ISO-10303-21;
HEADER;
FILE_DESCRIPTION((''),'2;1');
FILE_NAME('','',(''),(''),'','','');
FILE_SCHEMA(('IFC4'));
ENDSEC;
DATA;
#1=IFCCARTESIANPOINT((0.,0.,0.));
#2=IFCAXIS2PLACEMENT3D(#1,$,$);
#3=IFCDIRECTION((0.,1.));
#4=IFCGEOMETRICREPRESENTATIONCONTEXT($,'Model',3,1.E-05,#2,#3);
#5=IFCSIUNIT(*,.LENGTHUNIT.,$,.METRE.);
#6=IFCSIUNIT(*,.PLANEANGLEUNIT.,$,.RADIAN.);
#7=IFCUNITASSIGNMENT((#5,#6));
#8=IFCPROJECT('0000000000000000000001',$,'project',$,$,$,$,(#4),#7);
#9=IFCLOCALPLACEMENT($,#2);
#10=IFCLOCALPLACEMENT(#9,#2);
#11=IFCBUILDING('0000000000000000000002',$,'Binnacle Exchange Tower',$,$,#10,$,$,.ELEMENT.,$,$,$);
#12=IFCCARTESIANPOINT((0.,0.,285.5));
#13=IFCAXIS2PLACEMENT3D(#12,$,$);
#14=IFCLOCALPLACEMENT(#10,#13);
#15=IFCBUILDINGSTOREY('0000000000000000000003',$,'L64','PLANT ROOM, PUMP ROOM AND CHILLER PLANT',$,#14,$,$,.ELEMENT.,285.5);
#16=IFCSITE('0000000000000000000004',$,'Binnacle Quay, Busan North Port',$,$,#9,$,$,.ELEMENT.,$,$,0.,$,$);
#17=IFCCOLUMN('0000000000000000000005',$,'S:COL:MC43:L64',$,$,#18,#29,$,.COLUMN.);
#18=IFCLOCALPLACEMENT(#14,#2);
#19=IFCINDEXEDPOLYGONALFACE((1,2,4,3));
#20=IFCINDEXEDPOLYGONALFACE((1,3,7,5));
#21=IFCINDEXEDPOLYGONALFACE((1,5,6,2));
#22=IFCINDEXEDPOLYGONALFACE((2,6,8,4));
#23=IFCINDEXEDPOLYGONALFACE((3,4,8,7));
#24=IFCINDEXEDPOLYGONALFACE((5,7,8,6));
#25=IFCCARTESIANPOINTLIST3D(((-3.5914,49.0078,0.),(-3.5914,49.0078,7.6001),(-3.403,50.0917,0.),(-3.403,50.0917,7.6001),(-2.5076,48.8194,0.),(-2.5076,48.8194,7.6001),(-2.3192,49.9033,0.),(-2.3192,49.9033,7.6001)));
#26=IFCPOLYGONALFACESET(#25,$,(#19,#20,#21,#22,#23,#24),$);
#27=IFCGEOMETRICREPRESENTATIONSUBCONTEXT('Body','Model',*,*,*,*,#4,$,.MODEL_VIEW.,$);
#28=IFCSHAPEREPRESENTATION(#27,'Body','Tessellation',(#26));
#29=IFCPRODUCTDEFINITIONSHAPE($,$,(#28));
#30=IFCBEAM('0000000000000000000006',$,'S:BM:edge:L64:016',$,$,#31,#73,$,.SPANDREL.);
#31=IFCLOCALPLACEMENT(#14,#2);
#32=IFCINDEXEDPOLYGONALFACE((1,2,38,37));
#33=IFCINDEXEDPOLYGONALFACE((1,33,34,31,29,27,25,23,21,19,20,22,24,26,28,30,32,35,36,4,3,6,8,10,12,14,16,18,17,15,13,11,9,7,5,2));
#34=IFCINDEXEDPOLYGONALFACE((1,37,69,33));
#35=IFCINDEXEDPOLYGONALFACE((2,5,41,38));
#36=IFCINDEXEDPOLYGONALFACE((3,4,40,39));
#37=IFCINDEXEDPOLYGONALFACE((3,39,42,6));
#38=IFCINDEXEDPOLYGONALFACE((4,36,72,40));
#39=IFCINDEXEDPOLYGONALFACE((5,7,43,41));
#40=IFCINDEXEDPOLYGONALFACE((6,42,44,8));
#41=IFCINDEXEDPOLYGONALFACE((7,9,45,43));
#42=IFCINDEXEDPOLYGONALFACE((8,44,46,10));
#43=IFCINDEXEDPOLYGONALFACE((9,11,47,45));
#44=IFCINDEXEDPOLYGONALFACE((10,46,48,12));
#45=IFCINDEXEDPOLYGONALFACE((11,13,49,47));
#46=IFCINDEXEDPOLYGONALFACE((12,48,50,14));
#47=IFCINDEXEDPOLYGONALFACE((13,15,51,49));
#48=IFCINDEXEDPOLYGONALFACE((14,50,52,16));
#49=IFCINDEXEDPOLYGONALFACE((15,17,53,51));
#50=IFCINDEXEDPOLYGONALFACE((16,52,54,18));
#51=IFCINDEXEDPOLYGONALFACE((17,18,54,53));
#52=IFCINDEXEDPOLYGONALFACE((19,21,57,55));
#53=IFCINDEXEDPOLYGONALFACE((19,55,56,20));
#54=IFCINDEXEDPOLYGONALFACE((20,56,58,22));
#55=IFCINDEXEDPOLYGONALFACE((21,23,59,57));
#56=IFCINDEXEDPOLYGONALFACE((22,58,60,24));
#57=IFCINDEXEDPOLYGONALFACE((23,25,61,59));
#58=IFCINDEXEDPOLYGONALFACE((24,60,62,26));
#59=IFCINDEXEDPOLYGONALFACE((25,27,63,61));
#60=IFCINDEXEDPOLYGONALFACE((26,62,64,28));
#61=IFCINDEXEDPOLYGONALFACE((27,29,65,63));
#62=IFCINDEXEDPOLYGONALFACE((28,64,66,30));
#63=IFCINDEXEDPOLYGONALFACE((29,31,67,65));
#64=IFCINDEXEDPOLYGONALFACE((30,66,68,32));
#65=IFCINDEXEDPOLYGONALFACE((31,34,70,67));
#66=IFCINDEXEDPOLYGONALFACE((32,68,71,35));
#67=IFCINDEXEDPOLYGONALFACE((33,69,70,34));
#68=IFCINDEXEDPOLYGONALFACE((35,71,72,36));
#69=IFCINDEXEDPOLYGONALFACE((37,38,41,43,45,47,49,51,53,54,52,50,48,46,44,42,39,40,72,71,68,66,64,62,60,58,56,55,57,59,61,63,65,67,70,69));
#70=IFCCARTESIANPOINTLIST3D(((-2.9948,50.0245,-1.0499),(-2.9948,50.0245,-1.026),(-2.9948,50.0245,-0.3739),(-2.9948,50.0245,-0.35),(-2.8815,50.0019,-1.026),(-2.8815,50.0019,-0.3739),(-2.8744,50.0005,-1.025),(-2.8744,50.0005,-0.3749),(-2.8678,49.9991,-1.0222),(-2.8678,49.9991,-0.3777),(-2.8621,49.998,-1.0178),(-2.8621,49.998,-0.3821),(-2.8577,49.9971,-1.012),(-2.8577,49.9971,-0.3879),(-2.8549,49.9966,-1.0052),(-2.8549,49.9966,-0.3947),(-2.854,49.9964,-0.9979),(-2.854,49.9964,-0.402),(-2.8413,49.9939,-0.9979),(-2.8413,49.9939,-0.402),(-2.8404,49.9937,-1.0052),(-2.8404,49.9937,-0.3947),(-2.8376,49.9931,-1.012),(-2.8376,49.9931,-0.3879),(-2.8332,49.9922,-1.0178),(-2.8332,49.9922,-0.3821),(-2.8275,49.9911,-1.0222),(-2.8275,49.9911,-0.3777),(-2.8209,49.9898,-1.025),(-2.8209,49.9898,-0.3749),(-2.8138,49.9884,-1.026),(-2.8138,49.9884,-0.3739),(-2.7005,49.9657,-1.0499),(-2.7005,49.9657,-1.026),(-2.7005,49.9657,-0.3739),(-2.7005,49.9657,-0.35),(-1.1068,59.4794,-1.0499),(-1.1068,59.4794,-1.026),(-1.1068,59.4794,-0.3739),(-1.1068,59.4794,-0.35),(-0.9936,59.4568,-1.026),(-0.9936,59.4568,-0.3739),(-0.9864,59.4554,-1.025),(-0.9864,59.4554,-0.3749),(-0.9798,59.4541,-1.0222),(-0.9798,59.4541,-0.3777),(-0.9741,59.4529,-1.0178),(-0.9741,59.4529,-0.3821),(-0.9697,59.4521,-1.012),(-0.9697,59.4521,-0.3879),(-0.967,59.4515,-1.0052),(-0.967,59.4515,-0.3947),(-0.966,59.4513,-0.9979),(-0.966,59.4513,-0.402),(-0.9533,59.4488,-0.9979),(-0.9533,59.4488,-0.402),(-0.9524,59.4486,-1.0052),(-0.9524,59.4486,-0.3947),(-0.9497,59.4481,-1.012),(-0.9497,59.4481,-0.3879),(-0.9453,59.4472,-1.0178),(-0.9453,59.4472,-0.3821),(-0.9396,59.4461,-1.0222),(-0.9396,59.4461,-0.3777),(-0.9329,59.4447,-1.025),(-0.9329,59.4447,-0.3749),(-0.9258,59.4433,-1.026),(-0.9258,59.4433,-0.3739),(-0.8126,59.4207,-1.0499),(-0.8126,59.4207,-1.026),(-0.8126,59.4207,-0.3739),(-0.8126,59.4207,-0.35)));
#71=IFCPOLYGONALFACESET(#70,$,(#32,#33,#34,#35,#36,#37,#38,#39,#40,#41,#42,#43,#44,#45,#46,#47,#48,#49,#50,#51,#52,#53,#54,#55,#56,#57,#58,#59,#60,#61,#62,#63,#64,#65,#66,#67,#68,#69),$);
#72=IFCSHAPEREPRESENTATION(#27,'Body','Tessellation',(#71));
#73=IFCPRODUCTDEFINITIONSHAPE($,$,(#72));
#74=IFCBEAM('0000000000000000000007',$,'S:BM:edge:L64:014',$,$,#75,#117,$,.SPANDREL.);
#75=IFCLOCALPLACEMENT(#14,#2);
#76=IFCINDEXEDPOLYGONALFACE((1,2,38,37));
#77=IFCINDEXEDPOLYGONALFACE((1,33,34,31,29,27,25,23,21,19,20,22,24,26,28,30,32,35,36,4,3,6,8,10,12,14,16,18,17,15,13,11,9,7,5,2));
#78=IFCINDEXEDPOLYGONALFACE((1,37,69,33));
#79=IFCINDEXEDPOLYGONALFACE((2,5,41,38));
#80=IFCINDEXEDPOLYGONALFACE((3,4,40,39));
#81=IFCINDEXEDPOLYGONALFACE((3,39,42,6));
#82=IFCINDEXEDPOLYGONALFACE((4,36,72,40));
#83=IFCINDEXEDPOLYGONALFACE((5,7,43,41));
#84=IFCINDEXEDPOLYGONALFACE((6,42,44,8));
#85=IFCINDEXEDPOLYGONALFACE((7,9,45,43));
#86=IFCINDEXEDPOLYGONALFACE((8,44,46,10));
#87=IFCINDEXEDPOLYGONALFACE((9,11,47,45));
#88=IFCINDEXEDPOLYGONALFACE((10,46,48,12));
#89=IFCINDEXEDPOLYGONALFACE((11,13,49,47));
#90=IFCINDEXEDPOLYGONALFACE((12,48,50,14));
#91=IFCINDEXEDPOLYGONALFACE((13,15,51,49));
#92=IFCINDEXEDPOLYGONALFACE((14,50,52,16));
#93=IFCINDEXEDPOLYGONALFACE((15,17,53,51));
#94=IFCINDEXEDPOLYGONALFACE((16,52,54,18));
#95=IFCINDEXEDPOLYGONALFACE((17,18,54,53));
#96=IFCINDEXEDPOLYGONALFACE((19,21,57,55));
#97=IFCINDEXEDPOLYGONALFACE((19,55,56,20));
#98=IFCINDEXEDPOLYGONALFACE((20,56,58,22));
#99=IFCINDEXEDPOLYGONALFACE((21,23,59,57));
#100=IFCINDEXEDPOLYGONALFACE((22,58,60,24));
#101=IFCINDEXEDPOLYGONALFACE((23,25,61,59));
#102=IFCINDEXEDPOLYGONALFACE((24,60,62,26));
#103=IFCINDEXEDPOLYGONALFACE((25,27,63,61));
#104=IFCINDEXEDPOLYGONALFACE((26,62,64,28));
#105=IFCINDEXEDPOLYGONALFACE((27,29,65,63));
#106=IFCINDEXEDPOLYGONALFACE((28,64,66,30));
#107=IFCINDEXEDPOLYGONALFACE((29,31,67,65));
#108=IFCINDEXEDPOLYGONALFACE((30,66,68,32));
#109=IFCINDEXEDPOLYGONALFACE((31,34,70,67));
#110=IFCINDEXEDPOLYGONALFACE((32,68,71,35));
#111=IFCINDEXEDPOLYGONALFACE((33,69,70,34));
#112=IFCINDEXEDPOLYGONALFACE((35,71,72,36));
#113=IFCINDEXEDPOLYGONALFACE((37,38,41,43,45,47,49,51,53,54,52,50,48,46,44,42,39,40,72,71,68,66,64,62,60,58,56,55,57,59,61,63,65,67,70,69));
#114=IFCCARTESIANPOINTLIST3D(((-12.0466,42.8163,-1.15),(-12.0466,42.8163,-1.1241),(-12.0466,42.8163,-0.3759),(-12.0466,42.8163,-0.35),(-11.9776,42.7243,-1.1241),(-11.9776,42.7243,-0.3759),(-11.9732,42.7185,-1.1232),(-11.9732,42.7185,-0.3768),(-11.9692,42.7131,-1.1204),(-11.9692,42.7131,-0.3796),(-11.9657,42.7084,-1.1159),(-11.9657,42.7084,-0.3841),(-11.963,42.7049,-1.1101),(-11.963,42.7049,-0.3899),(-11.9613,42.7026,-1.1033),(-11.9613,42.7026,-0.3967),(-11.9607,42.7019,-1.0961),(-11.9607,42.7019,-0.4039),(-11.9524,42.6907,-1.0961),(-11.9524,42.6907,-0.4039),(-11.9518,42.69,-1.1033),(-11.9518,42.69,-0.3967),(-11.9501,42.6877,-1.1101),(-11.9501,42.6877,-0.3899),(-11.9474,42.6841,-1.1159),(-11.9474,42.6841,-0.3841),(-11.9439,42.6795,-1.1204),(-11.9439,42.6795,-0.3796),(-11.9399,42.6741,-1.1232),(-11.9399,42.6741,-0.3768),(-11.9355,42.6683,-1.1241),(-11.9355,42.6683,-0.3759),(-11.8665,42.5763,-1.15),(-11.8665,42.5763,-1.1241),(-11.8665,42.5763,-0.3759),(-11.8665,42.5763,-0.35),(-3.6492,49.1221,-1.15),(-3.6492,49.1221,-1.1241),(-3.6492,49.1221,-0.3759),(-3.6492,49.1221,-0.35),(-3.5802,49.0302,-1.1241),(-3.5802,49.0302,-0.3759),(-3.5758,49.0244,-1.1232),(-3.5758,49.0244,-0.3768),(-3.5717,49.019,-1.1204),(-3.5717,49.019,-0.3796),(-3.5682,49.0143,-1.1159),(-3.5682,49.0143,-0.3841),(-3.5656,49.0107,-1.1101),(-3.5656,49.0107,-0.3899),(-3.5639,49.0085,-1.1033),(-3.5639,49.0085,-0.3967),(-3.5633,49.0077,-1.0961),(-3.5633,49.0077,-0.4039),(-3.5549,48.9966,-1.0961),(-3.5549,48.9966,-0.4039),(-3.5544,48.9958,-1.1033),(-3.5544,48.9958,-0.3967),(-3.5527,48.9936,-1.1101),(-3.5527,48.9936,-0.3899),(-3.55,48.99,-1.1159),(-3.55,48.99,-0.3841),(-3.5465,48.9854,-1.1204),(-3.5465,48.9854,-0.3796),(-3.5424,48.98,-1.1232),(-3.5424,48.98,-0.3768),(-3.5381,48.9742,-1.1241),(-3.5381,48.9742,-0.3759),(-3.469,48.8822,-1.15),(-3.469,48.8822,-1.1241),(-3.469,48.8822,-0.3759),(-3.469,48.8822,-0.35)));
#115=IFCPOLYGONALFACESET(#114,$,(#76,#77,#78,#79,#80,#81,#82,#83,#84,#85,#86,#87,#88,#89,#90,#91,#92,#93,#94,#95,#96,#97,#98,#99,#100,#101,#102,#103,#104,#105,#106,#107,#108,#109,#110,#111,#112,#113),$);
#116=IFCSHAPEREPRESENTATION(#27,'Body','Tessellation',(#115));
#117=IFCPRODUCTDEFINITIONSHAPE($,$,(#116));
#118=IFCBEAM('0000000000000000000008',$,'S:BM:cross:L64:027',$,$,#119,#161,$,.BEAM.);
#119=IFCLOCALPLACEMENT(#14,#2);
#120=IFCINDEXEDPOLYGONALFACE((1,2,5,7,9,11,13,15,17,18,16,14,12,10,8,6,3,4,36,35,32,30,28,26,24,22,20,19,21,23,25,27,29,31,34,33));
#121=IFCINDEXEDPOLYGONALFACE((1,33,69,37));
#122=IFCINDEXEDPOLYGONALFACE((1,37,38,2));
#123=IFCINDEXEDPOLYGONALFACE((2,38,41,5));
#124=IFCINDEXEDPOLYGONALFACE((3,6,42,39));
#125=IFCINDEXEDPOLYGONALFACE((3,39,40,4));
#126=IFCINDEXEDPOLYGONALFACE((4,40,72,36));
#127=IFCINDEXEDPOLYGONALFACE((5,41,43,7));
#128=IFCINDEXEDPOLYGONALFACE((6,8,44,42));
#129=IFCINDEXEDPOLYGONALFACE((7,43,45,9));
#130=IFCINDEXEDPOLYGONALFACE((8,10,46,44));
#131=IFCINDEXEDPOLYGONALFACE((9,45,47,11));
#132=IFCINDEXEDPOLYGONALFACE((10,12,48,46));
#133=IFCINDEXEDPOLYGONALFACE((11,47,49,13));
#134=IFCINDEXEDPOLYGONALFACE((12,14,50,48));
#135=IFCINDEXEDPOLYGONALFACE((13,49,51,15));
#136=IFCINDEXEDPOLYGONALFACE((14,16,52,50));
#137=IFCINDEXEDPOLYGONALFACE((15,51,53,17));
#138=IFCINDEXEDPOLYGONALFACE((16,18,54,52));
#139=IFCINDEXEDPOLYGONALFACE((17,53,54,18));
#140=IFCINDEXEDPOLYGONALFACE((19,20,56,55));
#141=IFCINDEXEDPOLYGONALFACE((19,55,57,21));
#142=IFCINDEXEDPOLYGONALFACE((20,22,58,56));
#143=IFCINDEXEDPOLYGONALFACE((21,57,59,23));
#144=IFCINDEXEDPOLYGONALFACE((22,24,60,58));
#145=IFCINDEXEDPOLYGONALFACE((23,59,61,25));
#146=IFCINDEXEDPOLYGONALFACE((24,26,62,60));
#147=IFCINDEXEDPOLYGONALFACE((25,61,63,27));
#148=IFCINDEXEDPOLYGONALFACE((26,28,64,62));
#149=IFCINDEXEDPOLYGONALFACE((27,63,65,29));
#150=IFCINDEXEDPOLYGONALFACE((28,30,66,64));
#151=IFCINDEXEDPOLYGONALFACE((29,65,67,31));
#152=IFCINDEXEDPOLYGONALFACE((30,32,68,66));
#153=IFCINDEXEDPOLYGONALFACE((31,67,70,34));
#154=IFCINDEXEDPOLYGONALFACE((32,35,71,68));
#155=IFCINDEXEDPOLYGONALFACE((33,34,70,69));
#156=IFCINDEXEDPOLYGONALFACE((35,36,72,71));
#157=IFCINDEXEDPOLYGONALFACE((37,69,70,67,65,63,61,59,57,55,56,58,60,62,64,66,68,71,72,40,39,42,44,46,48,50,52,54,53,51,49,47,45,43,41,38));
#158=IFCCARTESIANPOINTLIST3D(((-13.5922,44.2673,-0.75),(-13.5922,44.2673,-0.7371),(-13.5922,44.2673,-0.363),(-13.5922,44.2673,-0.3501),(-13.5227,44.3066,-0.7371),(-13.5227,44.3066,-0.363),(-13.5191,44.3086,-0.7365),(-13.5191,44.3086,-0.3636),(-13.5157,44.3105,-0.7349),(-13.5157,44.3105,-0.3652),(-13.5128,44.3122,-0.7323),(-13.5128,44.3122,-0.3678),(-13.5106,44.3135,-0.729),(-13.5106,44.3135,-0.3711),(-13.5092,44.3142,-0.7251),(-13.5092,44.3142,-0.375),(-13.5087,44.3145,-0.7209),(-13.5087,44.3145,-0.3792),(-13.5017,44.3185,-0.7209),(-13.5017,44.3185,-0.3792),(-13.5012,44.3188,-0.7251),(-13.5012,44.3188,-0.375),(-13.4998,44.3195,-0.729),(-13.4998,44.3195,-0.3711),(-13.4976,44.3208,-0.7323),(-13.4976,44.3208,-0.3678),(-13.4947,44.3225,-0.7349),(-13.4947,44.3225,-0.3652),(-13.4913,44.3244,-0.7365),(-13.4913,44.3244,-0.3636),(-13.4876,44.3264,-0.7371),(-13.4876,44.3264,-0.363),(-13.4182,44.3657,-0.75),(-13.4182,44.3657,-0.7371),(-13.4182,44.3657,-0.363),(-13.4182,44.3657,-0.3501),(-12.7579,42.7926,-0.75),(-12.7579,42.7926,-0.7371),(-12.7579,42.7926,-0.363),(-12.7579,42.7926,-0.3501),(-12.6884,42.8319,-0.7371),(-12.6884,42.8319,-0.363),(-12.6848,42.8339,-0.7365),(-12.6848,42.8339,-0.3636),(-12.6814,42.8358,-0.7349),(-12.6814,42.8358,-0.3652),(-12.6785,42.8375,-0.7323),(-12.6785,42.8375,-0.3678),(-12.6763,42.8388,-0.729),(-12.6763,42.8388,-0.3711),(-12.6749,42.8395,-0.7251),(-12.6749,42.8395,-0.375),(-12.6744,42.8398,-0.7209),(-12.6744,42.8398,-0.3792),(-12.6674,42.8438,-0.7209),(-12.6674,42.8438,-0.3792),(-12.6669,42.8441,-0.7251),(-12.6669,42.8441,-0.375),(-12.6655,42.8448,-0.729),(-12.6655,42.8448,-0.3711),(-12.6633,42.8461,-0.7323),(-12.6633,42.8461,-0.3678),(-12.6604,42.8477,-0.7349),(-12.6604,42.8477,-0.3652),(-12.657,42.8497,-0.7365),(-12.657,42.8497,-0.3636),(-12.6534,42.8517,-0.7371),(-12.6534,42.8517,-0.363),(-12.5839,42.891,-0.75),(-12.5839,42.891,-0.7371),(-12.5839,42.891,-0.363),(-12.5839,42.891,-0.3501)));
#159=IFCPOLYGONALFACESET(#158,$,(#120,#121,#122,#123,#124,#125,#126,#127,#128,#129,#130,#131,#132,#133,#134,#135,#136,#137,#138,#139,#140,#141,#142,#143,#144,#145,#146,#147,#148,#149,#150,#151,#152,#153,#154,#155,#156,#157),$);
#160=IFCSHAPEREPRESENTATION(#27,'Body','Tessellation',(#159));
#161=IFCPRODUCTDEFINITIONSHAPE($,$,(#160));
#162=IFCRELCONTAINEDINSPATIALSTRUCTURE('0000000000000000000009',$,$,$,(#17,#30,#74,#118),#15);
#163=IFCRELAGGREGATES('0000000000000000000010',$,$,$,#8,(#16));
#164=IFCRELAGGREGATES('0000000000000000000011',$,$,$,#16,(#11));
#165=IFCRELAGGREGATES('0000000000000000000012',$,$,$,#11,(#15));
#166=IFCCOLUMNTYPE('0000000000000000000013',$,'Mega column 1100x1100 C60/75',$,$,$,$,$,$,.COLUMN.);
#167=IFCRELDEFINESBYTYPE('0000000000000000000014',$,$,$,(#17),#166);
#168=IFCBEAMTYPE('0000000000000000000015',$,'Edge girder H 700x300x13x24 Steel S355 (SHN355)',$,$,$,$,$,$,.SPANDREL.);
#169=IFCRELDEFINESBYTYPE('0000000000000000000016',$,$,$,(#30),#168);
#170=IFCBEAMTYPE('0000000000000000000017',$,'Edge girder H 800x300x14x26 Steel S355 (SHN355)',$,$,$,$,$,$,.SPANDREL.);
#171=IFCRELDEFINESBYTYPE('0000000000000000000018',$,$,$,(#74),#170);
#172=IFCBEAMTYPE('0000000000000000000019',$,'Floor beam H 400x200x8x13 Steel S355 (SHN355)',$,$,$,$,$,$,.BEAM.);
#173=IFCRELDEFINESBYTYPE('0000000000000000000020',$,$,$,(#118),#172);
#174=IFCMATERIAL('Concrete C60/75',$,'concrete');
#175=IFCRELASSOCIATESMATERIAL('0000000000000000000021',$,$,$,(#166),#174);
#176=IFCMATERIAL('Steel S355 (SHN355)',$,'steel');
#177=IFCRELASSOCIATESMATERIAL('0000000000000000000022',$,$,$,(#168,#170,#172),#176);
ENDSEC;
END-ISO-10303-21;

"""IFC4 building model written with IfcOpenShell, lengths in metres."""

from ifc_helpers import new_model, si_unit, direction, frame, origin, origin_2d, place, context, subcontext, project, spatial, rectangle, i_section, extrude, material, material_profile, profile_set, type_object, element, save


model = new_model("IFC4")

# Units and contexts
model_context = context("Model", 3, precision=1e-05, world=origin(), true_north=direction((0.0, 1.0)))
body_context = subcontext(model_context, "Body", "Model", "MODEL_VIEW")
ifc_project = project(units=[si_unit("LENGTHUNIT", "METRE"), si_unit("PLANEANGLEUNIT", "RADIAN")], contexts=[model_context])

# Site, building, storey
site_placement = place(None, origin())
site = spatial("IfcSite", under=ifc_project, at=site_placement, Name="Binnacle Quay, Busan North Port", CompositionType="ELEMENT", RefElevation=0.0)
building_placement = place(site_placement, origin())
building = spatial("IfcBuilding", under=site, at=building_placement, Name="Binnacle Exchange Tower", CompositionType="ELEMENT")
storey_placement = place(building_placement, frame((0.0, 0.0, 285.5)))
storey = spatial("IfcBuildingStorey", under=building, at=storey_placement, Name="L64", Description="PLANT ROOM, PUMP ROOM AND CHILLER PLANT", CompositionType="ELEMENT", Elevation=285.5)

# Column
ifc_material_1 = material(Name="Concrete C60/75", Category="concrete")
ifc_material_profile_1 = material_profile(ifc_material_1, rectangle(XDim=1.1001, YDim=1.1001, at=origin_2d()), Name="Mega column 1100x1100 C60/75")
ifc_profile_set_1 = profile_set([ifc_material_profile_1], Name="Concrete C60/75")
column_type = type_object("IfcColumnType", Name="Mega column 1100x1100 C60/75", PredefinedType="COLUMN", material=ifc_profile_set_1)
column_placement = place(storey_placement, frame((-2.9553, 49.4556, 0.0), z_axis=(0.0, 0.0, 1.0), x_axis=(-0.985226, 0.171259, 0.0)))
element("IfcColumn", 1, at=column_placement, inside=storey, type_object=column_type, Name="S:COL:MC43:L64", PredefinedType="COLUMN", context=body_context, shape_type="SweptSolid", body=[
    extrude(rectangle(XDim=1.1001, YDim=1.1001, at=origin_2d()), origin(), (0.0, 0.0, 1.0), 7.6001),
])

# Beams
ifc_material_2 = material(Name="Steel S355 (SHN355)", Category="steel")
ifc_material_profile_2 = material_profile(ifc_material_2, i_section(OverallWidth=0.3, OverallDepth=0.7, WebThickness=0.0129, FlangeThickness=0.0239, FilletRadius=0.0281, at=origin_2d()), Name="H 700x300x13x24")
ifc_profile_set_2 = profile_set([ifc_material_profile_2], Name="Steel S355 (SHN355)")
beam_type_1 = type_object("IfcBeamType", Name="Edge girder H 700x300x13x24 Steel S355 (SHN355)", PredefinedType="SPANDREL", material=ifc_profile_set_2)
beam_1_placement = place(storey_placement, frame((-2.8477, 49.9951, -0.7), z_axis=(0.195814, 0.980641, 0.0), x_axis=(-0.980641, 0.195814, 0.0)))
element("IfcBeam", 2, at=beam_1_placement, inside=storey, type_object=beam_type_1, Name="S:BM:edge:L64:016", PredefinedType="SPANDREL", context=body_context, shape_type="SweptSolid", body=[
    extrude(i_section(OverallWidth=0.3, OverallDepth=0.7, WebThickness=0.0129, FlangeThickness=0.0239, FilletRadius=0.0281, at=origin_2d()), origin(), (0.0, 0.0, 1.0), 9.6416),
])
ifc_material_profile_3 = material_profile(ifc_material_2, i_section(OverallWidth=0.3, OverallDepth=0.8, WebThickness=0.0139, FlangeThickness=0.0259, FilletRadius=0.0281, at=origin_2d()), Name="H 800x300x14x26")
ifc_profile_set_3 = profile_set([ifc_material_profile_3], Name="Steel S355 (SHN355)")
beam_type_2 = type_object("IfcBeamType", Name="Edge girder H 800x300x14x26 Steel S355 (SHN355)", PredefinedType="SPANDREL", material=ifc_profile_set_3)
beam_2_placement = place(storey_placement, frame((-11.9565, 42.6963, -0.75), z_axis=(0.799643, 0.600476, 0.0), x_axis=(-0.600476, 0.799643, 0.0)))
element("IfcBeam", 3, at=beam_2_placement, inside=storey, type_object=beam_type_2, Name="S:BM:edge:L64:014", PredefinedType="SPANDREL", context=body_context, shape_type="SweptSolid", body=[
    extrude(i_section(OverallWidth=0.3, OverallDepth=0.8, WebThickness=0.0139, FlangeThickness=0.0259, FilletRadius=0.0281, at=origin_2d()), origin(), (0.0, 0.0, 1.0), 10.5015),
])
ifc_material_profile_4 = material_profile(ifc_material_2, i_section(OverallWidth=0.2, OverallDepth=0.3999, WebThickness=0.0081, FlangeThickness=0.0129, FilletRadius=0.0161, at=origin_2d()), Name="H 400x200x8x13")
ifc_profile_set_4 = profile_set([ifc_material_profile_4], Name="Steel S355 (SHN355)")
beam_type_3 = type_object("IfcBeamType", Name="Floor beam H 400x200x8x13 Steel S355 (SHN355)", PredefinedType="BEAM", material=ifc_profile_set_4)
beam_3_placement = place(storey_placement, frame((-12.6709, 42.8418, -0.55), z_axis=(-0.492394, 0.870372, 0.0), x_axis=(-0.870372, -0.492394, 0.0)))
element("IfcBeam", 4, at=beam_3_placement, inside=storey, type_object=beam_type_3, Name="S:BM:cross:L64:027", PredefinedType="BEAM", context=body_context, shape_type="SweptSolid", body=[
    extrude(i_section(OverallWidth=0.2, OverallDepth=0.3999, WebThickness=0.0081, FlangeThickness=0.0129, FilletRadius=0.0161, at=origin_2d()), origin(), (0.0, 0.0, 1.0), 1.6943),
])

save(model, "model.ifc")
